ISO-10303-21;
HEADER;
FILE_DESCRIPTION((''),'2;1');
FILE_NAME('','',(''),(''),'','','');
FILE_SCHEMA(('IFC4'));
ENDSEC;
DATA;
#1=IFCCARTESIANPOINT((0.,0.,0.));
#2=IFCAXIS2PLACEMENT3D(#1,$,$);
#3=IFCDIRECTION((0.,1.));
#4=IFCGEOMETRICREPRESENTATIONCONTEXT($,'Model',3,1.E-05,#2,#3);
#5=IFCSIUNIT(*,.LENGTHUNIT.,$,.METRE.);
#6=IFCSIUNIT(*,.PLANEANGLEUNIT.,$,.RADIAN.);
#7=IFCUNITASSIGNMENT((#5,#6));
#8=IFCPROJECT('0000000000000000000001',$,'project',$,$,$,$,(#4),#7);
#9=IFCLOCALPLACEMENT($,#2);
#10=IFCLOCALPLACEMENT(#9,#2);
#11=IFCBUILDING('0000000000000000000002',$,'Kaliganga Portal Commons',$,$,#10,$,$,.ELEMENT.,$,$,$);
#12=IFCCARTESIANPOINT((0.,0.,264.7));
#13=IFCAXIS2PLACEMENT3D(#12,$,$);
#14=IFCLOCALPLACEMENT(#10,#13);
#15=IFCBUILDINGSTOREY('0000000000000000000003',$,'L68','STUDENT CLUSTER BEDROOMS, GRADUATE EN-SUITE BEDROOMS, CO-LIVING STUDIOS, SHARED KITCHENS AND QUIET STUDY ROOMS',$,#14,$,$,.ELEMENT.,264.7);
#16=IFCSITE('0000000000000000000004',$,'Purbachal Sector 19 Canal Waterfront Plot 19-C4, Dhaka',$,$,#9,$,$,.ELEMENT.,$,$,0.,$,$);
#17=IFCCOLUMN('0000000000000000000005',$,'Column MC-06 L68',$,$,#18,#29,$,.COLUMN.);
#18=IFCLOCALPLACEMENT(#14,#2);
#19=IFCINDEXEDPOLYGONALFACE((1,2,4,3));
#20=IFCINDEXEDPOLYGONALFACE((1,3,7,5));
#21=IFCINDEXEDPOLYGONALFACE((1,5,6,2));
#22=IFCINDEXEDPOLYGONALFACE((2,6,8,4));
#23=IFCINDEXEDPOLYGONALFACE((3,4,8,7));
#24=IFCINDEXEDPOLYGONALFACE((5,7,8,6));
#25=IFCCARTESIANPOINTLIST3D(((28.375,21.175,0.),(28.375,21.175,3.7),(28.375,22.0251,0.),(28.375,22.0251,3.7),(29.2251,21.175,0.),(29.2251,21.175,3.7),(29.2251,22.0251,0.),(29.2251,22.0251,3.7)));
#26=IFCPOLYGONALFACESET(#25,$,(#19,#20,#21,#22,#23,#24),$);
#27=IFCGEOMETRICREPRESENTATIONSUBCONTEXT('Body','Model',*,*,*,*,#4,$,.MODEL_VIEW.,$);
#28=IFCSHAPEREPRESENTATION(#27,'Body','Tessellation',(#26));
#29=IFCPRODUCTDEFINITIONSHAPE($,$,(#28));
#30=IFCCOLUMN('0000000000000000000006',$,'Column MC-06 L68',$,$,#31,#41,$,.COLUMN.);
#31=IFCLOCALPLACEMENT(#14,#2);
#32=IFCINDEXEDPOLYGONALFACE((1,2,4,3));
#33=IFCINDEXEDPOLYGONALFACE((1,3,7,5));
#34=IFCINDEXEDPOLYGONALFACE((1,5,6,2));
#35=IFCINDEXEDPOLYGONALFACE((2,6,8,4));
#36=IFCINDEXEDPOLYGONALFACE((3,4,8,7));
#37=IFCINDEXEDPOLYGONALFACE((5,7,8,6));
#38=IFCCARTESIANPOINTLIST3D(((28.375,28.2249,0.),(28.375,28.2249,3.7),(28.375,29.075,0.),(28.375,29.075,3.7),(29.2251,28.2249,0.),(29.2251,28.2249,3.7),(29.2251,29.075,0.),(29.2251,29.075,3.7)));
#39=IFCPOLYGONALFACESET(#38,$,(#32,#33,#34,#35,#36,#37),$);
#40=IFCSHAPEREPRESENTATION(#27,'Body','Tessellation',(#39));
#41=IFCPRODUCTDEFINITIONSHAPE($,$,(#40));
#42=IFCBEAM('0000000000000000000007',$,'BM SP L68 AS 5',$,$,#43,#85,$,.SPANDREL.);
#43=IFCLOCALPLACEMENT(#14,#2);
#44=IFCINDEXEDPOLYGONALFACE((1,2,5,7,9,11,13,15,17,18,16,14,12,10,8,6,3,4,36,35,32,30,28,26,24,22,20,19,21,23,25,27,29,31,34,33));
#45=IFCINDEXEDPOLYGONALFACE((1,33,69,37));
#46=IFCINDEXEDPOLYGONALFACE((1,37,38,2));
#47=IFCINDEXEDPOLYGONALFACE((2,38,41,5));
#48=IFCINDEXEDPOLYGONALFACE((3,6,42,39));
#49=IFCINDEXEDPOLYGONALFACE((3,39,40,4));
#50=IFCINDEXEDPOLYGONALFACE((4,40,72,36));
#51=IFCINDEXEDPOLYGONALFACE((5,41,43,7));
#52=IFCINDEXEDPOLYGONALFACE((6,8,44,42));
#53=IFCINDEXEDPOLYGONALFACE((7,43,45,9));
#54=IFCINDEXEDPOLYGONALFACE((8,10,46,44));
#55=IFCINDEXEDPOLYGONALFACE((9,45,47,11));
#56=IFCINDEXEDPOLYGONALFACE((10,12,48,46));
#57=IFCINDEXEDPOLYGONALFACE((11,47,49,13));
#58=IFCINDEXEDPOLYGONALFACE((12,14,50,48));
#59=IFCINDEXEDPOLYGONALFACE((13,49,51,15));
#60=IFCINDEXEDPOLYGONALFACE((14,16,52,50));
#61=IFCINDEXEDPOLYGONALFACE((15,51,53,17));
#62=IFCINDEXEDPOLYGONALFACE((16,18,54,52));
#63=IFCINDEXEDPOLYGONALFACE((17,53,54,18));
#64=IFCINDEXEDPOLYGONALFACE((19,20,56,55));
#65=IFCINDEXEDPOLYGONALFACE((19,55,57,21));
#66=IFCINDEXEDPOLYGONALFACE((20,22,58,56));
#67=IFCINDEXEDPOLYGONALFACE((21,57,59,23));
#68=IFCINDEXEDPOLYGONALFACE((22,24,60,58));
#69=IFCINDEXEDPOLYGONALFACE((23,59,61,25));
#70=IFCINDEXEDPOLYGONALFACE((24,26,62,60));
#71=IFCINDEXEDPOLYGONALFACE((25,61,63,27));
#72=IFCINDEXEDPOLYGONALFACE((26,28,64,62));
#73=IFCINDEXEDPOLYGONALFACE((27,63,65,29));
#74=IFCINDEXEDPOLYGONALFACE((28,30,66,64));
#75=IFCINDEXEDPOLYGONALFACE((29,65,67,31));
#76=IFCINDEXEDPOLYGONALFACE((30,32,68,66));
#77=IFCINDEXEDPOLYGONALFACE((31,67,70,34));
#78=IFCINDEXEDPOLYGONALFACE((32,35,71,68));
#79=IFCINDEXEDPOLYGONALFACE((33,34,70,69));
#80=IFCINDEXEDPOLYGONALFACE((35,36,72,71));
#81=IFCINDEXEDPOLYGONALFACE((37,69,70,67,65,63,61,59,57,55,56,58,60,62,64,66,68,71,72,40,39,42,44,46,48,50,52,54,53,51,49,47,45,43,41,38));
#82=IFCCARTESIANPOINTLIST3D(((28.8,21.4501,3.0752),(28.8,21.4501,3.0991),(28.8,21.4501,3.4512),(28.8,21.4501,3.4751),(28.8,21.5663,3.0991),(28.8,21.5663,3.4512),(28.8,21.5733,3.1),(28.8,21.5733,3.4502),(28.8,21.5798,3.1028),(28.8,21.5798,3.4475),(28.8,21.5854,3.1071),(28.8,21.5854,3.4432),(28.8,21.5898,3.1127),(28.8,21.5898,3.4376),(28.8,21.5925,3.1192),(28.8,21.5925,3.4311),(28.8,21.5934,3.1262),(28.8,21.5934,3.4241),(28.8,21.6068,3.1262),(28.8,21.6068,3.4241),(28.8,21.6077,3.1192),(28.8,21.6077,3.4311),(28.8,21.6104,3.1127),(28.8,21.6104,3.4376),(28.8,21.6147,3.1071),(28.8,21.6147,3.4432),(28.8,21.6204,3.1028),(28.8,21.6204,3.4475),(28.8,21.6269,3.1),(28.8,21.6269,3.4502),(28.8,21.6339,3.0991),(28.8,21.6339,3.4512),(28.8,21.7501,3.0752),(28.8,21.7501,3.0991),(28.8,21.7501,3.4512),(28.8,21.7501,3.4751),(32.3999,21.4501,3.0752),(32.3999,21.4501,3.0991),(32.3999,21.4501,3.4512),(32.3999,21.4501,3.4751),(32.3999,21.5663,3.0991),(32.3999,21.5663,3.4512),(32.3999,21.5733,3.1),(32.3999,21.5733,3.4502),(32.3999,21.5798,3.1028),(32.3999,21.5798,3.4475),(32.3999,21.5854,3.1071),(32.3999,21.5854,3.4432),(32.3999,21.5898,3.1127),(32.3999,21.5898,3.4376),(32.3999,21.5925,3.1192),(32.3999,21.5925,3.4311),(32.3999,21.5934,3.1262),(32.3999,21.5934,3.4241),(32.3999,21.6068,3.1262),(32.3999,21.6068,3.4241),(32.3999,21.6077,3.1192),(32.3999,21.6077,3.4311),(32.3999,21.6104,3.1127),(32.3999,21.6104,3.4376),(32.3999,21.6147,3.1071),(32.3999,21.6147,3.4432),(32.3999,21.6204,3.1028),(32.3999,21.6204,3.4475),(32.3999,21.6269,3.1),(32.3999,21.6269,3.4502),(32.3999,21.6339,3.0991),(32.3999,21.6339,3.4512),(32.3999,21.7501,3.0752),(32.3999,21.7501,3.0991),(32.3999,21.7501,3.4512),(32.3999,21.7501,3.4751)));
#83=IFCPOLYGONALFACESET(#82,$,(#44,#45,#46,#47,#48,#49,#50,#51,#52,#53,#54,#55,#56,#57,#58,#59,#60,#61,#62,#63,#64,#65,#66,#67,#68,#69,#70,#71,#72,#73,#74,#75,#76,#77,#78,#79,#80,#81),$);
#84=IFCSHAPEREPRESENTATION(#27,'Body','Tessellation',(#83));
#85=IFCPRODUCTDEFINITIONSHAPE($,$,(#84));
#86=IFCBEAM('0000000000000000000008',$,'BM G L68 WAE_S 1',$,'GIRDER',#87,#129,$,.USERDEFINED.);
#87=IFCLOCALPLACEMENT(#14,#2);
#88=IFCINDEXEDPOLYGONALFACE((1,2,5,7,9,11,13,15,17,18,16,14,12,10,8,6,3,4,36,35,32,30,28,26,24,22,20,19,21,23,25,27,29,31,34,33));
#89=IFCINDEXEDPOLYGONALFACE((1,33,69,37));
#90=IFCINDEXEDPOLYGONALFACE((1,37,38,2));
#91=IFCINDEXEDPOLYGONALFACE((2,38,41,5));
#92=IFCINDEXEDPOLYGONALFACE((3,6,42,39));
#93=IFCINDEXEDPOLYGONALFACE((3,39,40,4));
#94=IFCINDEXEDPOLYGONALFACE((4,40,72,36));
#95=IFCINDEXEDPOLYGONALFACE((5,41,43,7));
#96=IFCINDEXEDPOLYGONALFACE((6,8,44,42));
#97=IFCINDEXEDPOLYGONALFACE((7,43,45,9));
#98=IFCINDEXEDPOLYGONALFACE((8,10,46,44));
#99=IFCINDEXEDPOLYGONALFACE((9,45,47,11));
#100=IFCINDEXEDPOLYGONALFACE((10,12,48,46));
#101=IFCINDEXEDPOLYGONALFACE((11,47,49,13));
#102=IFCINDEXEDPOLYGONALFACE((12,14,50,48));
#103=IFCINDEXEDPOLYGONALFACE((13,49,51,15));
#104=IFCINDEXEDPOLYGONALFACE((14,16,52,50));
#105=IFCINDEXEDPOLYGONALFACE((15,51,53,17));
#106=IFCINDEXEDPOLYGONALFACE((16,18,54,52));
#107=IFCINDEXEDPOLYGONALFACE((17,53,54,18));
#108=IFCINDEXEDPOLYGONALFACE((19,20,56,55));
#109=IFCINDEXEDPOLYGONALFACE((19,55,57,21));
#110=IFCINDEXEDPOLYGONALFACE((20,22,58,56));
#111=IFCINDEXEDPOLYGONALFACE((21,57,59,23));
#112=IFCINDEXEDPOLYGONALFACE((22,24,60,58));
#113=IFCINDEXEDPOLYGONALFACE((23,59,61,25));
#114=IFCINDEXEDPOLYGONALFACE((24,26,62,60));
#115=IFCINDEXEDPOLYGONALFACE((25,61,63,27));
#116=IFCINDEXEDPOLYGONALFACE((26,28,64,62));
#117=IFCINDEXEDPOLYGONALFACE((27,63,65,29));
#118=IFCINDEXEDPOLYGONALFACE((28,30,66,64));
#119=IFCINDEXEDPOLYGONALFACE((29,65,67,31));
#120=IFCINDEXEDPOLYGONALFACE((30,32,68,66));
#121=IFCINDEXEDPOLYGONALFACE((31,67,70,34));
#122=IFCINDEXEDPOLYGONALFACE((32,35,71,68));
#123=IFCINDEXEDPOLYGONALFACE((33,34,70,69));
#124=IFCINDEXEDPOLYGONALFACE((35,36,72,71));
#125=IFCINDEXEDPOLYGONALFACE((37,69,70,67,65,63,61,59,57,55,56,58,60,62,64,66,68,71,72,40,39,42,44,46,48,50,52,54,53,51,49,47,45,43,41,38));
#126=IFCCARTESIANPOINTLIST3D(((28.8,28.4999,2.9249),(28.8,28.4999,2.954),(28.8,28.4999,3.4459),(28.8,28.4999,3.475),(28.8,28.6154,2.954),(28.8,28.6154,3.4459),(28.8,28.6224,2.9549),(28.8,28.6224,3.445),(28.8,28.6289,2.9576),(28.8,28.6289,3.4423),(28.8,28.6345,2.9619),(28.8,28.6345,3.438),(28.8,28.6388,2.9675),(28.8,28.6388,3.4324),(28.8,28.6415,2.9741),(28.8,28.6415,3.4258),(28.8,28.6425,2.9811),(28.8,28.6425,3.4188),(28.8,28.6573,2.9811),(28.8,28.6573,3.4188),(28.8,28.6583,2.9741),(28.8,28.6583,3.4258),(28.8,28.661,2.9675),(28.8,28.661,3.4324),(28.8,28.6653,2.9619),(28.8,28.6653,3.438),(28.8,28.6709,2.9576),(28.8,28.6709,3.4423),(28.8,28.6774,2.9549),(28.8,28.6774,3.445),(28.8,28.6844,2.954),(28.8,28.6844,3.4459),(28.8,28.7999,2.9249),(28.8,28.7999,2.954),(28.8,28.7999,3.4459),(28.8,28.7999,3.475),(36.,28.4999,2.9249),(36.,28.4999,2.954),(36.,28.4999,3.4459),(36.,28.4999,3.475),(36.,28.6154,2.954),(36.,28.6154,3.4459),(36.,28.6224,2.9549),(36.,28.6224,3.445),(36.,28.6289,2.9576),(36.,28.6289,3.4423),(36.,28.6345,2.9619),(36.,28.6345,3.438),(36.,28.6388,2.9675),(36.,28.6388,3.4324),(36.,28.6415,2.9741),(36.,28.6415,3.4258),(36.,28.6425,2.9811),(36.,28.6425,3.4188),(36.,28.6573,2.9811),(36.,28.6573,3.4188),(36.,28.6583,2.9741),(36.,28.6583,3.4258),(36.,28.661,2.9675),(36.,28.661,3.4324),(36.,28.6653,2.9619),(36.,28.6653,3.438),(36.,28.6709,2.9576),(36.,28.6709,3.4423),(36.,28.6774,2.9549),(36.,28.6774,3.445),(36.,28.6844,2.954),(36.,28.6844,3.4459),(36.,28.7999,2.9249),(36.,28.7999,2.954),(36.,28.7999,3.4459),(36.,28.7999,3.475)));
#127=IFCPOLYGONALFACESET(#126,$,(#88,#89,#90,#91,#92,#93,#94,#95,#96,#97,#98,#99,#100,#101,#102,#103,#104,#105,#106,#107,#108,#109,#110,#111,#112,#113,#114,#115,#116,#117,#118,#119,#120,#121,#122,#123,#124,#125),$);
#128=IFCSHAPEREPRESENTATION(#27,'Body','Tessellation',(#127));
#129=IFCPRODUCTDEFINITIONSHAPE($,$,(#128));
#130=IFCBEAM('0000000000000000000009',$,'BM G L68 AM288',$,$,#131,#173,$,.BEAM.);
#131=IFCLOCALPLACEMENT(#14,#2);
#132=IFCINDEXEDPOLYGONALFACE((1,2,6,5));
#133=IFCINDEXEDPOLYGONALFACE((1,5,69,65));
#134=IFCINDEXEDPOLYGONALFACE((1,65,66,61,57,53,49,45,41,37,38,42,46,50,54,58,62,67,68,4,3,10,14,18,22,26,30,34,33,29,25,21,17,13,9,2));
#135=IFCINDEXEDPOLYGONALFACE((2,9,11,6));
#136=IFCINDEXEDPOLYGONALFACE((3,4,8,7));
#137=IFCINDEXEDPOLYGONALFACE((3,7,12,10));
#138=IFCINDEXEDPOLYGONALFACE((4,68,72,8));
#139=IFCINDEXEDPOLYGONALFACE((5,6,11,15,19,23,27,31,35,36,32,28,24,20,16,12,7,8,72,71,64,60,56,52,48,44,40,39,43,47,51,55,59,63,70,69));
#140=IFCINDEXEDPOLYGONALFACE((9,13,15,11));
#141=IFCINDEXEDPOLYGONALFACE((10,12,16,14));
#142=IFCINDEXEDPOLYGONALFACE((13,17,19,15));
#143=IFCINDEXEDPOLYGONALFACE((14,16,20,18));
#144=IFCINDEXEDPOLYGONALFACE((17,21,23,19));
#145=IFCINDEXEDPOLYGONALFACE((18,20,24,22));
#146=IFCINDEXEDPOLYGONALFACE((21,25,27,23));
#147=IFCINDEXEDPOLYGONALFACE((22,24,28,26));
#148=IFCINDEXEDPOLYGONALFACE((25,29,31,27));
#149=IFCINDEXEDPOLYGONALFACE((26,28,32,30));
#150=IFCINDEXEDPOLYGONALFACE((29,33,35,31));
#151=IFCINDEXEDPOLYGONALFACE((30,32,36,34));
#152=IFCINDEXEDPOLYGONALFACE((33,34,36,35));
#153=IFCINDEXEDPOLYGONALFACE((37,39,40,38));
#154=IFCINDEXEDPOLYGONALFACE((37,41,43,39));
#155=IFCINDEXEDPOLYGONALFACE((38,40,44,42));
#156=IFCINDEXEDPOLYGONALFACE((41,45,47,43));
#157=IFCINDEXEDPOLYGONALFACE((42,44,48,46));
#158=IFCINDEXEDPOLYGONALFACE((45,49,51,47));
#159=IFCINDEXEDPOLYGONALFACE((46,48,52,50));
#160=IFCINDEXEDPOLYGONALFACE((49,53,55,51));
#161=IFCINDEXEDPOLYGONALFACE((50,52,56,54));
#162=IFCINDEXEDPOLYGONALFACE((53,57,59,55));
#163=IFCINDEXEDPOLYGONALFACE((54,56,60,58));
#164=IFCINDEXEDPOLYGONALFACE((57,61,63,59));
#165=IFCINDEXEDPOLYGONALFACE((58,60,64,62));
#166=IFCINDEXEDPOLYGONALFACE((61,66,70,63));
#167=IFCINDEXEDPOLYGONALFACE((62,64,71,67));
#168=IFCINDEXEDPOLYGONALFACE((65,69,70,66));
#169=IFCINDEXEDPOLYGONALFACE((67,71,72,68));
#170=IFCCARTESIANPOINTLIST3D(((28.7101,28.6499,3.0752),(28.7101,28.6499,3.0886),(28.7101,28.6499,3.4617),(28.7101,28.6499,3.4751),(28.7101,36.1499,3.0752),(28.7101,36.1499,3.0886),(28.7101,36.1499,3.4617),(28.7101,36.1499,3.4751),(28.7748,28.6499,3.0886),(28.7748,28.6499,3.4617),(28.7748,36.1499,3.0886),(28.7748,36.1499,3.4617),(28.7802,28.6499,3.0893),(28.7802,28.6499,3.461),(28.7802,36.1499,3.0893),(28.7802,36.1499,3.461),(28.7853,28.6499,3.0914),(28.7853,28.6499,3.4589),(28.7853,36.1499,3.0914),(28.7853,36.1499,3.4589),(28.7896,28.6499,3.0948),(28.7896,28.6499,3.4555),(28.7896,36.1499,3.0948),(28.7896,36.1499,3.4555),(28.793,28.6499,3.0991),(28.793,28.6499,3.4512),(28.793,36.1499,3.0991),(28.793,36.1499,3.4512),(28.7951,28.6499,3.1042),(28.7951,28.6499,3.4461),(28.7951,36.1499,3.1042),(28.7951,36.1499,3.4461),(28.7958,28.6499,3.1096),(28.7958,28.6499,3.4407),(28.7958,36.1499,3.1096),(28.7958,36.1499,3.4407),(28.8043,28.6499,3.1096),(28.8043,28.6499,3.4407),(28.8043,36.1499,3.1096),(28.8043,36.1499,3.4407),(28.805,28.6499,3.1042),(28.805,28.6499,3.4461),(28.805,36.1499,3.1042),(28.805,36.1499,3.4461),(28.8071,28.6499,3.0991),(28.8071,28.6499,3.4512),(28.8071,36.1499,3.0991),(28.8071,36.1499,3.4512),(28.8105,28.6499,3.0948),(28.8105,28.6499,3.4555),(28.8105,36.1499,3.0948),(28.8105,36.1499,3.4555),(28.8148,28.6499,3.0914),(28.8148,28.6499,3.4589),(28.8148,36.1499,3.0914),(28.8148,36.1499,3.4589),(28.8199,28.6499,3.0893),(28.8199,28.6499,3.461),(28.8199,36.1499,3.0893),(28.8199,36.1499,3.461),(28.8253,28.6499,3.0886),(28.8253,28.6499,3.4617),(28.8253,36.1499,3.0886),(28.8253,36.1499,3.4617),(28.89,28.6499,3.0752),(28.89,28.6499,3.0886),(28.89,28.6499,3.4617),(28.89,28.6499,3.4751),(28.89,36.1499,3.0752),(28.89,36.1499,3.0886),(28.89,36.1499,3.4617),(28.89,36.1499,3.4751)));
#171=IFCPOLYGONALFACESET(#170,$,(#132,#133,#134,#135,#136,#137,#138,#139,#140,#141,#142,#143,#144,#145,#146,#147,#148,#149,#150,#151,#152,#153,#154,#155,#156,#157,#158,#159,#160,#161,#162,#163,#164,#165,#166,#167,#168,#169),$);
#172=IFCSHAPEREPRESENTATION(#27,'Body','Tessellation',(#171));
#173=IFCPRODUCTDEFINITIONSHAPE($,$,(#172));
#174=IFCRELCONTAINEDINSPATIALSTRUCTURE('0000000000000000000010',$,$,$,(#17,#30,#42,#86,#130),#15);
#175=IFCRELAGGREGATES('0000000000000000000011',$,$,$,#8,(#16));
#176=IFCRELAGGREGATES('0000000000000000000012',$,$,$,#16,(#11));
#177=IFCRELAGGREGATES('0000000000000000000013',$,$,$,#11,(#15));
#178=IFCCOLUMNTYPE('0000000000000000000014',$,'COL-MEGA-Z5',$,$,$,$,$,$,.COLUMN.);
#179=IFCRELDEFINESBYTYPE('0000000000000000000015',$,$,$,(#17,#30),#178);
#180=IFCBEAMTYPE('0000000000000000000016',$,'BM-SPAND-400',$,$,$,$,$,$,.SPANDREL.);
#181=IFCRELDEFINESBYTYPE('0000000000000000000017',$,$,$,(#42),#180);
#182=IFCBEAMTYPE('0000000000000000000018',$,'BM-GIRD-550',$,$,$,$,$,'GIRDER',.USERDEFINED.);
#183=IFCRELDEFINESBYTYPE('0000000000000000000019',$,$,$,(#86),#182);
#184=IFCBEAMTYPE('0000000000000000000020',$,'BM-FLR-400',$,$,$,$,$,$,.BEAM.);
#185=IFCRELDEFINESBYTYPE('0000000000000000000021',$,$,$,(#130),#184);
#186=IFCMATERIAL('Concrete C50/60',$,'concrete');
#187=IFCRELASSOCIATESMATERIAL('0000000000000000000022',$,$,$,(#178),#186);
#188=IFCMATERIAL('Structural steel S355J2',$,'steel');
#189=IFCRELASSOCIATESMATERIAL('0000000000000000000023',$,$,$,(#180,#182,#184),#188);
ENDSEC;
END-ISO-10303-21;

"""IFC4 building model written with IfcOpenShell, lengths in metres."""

from ifc_helpers import new_model, si_unit, direction, frame, origin, origin_2d, place, context, subcontext, project, spatial, rectangle, i_section, extrude, source, transform, mapped, material, material_profile, profile_set, type_object, element, save


model = new_model("IFC4")

# Units and contexts
model_context = context("Model", 3, precision=1e-05, world=origin(), true_north=direction((0.0, 1.0)))
body_context = subcontext(model_context, "Body", "Model", "MODEL_VIEW")
ifc_project = project(units=[si_unit("LENGTHUNIT", "METRE"), si_unit("PLANEANGLEUNIT", "RADIAN")], contexts=[model_context])

# Site, building, storey
site_placement = place(None, origin())
site = spatial("IfcSite", under=ifc_project, at=site_placement, Name="Purbachal Sector 19 Canal Waterfront Plot 19-C4, Dhaka", CompositionType="ELEMENT", RefElevation=0.0)
building_placement = place(site_placement, origin())
building = spatial("IfcBuilding", under=site, at=building_placement, Name="Kaliganga Portal Commons", CompositionType="ELEMENT")
storey_placement = place(building_placement, frame((0.0, 0.0, 264.7)))
storey = spatial("IfcBuildingStorey", under=building, at=storey_placement, Name="L68", Description="STUDENT CLUSTER BEDROOMS, GRADUATE EN-SUITE BEDROOMS, CO-LIVING STUDIOS, SHARED KITCHENS AND QUIET STUDY ROOMS", CompositionType="ELEMENT", Elevation=264.7)

# Columns
ifc_material_1 = material(Name="Concrete C50/60", Category="concrete")
ifc_material_profile_1 = material_profile(ifc_material_1, rectangle(XDim=0.8501, YDim=0.8501, at=origin_2d()), Name="RC 850x850")
ifc_profile_set_1 = profile_set([ifc_material_profile_1], Name="Concrete C50/60")
column_type = type_object("IfcColumnType", Name="COL-MEGA-Z5", PredefinedType="COLUMN", material=ifc_profile_set_1)
shared_shape_1 = source(origin(), body_context, "Body", "SweptSolid", [
    extrude(rectangle(XDim=0.8501, YDim=0.8501, at=origin_2d()), origin(), (0.0, 0.0, 1.0), 3.7),
])
for number, where, z_axis, x_axis, name in (
    (1, (28.8, 21.6001, 0.0), (0.0, 0.0, 1.0), (1.0, 0.0, 0.0), "Column MC-06 L68"),
    (2, (28.8, 28.6499, 0.0), (0.0, 0.0, 1.0), (1.0, 0.0, 0.0), "Column MC-06 L68"),
):
    element("IfcColumn", number, at=place(storey_placement, frame(where, z_axis=z_axis, x_axis=x_axis)), inside=storey, type_object=column_type, Name=name, PredefinedType="COLUMN", context=body_context, shape_type="MappedRepresentation", body=[
        mapped(shared_shape_1, transform((0.0, 0.0, 0.0), x_axis=(1.0, 0.0, 0.0), y_axis=(0.0, 1.0, 0.0), z_axis=(0.0, 0.0, 1.0), scale=1.0)),
    ])

# Beams
ifc_material_2 = material(Name="Structural steel S355J2", Category="steel")
ifc_material_profile_2 = material_profile(ifc_material_2, i_section(OverallWidth=0.3, OverallDepth=0.3999, WebThickness=0.0134, FlangeThickness=0.0239, FilletRadius=0.0271, at=origin_2d()), Name="HE 400 B")
ifc_profile_set_2 = profile_set([ifc_material_profile_2], Name="Structural steel S355J2 wide-flange")
beam_type_1 = type_object("IfcBeamType", Name="BM-SPAND-400", PredefinedType="SPANDREL", material=ifc_profile_set_2)
shared_shape_2 = source(origin(), body_context, "Body", "SweptSolid", [
    extrude(i_section(OverallWidth=0.3, OverallDepth=0.3999, WebThickness=0.0134, FlangeThickness=0.0239, FilletRadius=0.0271, at=origin_2d()), origin(), (0.0, 0.0, 1.0), 3.5999),
])
beam_1_placement = place(storey_placement, frame((28.8, 21.6001, 3.2751), z_axis=(1.0, 0.0, 0.0), x_axis=(0.0, 1.0, 0.0)))
element("IfcBeam", 3, at=beam_1_placement, inside=storey, type_object=beam_type_1, Name="BM SP L68 AS 5", PredefinedType="SPANDREL", context=body_context, shape_type="MappedRepresentation", body=[
    mapped(shared_shape_2, transform((0.0, 0.0, 0.0), x_axis=(1.0, 0.0, 0.0), y_axis=(0.0, 1.0, 0.0), z_axis=(0.0, 0.0, 1.0), scale=1.0)),
])
ifc_material_profile_3 = material_profile(ifc_material_2, i_section(OverallWidth=0.3, OverallDepth=0.55, WebThickness=0.0149, FlangeThickness=0.0291, FilletRadius=0.0271, at=origin_2d()), Name="HE 550 B")
ifc_profile_set_3 = profile_set([ifc_material_profile_3], Name="Structural steel S355J2 wide-flange")
beam_type_2 = type_object("IfcBeamType", Name="BM-GIRD-550", ElementType="GIRDER", PredefinedType="USERDEFINED", material=ifc_profile_set_3)
shared_shape_3 = source(origin(), body_context, "Body", "SweptSolid", [
    extrude(i_section(OverallWidth=0.3, OverallDepth=0.55, WebThickness=0.0149, FlangeThickness=0.0291, FilletRadius=0.0271, at=origin_2d()), origin(), (0.0, 0.0, 1.0), 7.2),
])
beam_2_placement = place(storey_placement, frame((28.8, 28.6499, 3.2), z_axis=(1.0, 0.0, 0.0), x_axis=(0.0, 1.0, 0.0)))
element("IfcBeam", 4, at=beam_2_placement, inside=storey, type_object=beam_type_2, Name="BM G L68 WAE_S 1", ObjectType="GIRDER", PredefinedType="USERDEFINED", context=body_context, shape_type="MappedRepresentation", body=[
    mapped(shared_shape_3, transform((0.0, 0.0, 0.0), x_axis=(1.0, 0.0, 0.0), y_axis=(0.0, 1.0, 0.0), z_axis=(0.0, 0.0, 1.0), scale=1.0)),
])
ifc_material_profile_4 = material_profile(ifc_material_2, i_section(OverallWidth=0.1799, OverallDepth=0.3999, WebThickness=0.0085, FlangeThickness=0.0134, FilletRadius=0.021, at=origin_2d()), Name="IPE 400")
ifc_profile_set_4 = profile_set([ifc_material_profile_4], Name="Structural steel S355J2 wide-flange")
beam_type_3 = type_object("IfcBeamType", Name="BM-FLR-400", PredefinedType="BEAM", material=ifc_profile_set_4)
shared_shape_4 = source(origin(), body_context, "Body", "SweptSolid", [
    extrude(i_section(OverallWidth=0.1799, OverallDepth=0.3999, WebThickness=0.0085, FlangeThickness=0.0134, FilletRadius=0.021, at=origin_2d()), origin(), (0.0, 0.0, 1.0), 7.5),
])
beam_3_placement = place(storey_placement, frame((28.8, 28.6499, 3.2751), z_axis=(0.0, 1.0, 0.0), x_axis=(-1.0, 0.0, 0.0)))
element("IfcBeam", 5, at=beam_3_placement, inside=storey, type_object=beam_type_3, Name="BM G L68 AM288", PredefinedType="BEAM", context=body_context, shape_type="MappedRepresentation", body=[
    mapped(shared_shape_4, transform((0.0, 0.0, 0.0), x_axis=(1.0, 0.0, 0.0), y_axis=(0.0, 1.0, 0.0), z_axis=(0.0, 0.0, 1.0), scale=1.0)),
])

save(model, "model.ifc")
